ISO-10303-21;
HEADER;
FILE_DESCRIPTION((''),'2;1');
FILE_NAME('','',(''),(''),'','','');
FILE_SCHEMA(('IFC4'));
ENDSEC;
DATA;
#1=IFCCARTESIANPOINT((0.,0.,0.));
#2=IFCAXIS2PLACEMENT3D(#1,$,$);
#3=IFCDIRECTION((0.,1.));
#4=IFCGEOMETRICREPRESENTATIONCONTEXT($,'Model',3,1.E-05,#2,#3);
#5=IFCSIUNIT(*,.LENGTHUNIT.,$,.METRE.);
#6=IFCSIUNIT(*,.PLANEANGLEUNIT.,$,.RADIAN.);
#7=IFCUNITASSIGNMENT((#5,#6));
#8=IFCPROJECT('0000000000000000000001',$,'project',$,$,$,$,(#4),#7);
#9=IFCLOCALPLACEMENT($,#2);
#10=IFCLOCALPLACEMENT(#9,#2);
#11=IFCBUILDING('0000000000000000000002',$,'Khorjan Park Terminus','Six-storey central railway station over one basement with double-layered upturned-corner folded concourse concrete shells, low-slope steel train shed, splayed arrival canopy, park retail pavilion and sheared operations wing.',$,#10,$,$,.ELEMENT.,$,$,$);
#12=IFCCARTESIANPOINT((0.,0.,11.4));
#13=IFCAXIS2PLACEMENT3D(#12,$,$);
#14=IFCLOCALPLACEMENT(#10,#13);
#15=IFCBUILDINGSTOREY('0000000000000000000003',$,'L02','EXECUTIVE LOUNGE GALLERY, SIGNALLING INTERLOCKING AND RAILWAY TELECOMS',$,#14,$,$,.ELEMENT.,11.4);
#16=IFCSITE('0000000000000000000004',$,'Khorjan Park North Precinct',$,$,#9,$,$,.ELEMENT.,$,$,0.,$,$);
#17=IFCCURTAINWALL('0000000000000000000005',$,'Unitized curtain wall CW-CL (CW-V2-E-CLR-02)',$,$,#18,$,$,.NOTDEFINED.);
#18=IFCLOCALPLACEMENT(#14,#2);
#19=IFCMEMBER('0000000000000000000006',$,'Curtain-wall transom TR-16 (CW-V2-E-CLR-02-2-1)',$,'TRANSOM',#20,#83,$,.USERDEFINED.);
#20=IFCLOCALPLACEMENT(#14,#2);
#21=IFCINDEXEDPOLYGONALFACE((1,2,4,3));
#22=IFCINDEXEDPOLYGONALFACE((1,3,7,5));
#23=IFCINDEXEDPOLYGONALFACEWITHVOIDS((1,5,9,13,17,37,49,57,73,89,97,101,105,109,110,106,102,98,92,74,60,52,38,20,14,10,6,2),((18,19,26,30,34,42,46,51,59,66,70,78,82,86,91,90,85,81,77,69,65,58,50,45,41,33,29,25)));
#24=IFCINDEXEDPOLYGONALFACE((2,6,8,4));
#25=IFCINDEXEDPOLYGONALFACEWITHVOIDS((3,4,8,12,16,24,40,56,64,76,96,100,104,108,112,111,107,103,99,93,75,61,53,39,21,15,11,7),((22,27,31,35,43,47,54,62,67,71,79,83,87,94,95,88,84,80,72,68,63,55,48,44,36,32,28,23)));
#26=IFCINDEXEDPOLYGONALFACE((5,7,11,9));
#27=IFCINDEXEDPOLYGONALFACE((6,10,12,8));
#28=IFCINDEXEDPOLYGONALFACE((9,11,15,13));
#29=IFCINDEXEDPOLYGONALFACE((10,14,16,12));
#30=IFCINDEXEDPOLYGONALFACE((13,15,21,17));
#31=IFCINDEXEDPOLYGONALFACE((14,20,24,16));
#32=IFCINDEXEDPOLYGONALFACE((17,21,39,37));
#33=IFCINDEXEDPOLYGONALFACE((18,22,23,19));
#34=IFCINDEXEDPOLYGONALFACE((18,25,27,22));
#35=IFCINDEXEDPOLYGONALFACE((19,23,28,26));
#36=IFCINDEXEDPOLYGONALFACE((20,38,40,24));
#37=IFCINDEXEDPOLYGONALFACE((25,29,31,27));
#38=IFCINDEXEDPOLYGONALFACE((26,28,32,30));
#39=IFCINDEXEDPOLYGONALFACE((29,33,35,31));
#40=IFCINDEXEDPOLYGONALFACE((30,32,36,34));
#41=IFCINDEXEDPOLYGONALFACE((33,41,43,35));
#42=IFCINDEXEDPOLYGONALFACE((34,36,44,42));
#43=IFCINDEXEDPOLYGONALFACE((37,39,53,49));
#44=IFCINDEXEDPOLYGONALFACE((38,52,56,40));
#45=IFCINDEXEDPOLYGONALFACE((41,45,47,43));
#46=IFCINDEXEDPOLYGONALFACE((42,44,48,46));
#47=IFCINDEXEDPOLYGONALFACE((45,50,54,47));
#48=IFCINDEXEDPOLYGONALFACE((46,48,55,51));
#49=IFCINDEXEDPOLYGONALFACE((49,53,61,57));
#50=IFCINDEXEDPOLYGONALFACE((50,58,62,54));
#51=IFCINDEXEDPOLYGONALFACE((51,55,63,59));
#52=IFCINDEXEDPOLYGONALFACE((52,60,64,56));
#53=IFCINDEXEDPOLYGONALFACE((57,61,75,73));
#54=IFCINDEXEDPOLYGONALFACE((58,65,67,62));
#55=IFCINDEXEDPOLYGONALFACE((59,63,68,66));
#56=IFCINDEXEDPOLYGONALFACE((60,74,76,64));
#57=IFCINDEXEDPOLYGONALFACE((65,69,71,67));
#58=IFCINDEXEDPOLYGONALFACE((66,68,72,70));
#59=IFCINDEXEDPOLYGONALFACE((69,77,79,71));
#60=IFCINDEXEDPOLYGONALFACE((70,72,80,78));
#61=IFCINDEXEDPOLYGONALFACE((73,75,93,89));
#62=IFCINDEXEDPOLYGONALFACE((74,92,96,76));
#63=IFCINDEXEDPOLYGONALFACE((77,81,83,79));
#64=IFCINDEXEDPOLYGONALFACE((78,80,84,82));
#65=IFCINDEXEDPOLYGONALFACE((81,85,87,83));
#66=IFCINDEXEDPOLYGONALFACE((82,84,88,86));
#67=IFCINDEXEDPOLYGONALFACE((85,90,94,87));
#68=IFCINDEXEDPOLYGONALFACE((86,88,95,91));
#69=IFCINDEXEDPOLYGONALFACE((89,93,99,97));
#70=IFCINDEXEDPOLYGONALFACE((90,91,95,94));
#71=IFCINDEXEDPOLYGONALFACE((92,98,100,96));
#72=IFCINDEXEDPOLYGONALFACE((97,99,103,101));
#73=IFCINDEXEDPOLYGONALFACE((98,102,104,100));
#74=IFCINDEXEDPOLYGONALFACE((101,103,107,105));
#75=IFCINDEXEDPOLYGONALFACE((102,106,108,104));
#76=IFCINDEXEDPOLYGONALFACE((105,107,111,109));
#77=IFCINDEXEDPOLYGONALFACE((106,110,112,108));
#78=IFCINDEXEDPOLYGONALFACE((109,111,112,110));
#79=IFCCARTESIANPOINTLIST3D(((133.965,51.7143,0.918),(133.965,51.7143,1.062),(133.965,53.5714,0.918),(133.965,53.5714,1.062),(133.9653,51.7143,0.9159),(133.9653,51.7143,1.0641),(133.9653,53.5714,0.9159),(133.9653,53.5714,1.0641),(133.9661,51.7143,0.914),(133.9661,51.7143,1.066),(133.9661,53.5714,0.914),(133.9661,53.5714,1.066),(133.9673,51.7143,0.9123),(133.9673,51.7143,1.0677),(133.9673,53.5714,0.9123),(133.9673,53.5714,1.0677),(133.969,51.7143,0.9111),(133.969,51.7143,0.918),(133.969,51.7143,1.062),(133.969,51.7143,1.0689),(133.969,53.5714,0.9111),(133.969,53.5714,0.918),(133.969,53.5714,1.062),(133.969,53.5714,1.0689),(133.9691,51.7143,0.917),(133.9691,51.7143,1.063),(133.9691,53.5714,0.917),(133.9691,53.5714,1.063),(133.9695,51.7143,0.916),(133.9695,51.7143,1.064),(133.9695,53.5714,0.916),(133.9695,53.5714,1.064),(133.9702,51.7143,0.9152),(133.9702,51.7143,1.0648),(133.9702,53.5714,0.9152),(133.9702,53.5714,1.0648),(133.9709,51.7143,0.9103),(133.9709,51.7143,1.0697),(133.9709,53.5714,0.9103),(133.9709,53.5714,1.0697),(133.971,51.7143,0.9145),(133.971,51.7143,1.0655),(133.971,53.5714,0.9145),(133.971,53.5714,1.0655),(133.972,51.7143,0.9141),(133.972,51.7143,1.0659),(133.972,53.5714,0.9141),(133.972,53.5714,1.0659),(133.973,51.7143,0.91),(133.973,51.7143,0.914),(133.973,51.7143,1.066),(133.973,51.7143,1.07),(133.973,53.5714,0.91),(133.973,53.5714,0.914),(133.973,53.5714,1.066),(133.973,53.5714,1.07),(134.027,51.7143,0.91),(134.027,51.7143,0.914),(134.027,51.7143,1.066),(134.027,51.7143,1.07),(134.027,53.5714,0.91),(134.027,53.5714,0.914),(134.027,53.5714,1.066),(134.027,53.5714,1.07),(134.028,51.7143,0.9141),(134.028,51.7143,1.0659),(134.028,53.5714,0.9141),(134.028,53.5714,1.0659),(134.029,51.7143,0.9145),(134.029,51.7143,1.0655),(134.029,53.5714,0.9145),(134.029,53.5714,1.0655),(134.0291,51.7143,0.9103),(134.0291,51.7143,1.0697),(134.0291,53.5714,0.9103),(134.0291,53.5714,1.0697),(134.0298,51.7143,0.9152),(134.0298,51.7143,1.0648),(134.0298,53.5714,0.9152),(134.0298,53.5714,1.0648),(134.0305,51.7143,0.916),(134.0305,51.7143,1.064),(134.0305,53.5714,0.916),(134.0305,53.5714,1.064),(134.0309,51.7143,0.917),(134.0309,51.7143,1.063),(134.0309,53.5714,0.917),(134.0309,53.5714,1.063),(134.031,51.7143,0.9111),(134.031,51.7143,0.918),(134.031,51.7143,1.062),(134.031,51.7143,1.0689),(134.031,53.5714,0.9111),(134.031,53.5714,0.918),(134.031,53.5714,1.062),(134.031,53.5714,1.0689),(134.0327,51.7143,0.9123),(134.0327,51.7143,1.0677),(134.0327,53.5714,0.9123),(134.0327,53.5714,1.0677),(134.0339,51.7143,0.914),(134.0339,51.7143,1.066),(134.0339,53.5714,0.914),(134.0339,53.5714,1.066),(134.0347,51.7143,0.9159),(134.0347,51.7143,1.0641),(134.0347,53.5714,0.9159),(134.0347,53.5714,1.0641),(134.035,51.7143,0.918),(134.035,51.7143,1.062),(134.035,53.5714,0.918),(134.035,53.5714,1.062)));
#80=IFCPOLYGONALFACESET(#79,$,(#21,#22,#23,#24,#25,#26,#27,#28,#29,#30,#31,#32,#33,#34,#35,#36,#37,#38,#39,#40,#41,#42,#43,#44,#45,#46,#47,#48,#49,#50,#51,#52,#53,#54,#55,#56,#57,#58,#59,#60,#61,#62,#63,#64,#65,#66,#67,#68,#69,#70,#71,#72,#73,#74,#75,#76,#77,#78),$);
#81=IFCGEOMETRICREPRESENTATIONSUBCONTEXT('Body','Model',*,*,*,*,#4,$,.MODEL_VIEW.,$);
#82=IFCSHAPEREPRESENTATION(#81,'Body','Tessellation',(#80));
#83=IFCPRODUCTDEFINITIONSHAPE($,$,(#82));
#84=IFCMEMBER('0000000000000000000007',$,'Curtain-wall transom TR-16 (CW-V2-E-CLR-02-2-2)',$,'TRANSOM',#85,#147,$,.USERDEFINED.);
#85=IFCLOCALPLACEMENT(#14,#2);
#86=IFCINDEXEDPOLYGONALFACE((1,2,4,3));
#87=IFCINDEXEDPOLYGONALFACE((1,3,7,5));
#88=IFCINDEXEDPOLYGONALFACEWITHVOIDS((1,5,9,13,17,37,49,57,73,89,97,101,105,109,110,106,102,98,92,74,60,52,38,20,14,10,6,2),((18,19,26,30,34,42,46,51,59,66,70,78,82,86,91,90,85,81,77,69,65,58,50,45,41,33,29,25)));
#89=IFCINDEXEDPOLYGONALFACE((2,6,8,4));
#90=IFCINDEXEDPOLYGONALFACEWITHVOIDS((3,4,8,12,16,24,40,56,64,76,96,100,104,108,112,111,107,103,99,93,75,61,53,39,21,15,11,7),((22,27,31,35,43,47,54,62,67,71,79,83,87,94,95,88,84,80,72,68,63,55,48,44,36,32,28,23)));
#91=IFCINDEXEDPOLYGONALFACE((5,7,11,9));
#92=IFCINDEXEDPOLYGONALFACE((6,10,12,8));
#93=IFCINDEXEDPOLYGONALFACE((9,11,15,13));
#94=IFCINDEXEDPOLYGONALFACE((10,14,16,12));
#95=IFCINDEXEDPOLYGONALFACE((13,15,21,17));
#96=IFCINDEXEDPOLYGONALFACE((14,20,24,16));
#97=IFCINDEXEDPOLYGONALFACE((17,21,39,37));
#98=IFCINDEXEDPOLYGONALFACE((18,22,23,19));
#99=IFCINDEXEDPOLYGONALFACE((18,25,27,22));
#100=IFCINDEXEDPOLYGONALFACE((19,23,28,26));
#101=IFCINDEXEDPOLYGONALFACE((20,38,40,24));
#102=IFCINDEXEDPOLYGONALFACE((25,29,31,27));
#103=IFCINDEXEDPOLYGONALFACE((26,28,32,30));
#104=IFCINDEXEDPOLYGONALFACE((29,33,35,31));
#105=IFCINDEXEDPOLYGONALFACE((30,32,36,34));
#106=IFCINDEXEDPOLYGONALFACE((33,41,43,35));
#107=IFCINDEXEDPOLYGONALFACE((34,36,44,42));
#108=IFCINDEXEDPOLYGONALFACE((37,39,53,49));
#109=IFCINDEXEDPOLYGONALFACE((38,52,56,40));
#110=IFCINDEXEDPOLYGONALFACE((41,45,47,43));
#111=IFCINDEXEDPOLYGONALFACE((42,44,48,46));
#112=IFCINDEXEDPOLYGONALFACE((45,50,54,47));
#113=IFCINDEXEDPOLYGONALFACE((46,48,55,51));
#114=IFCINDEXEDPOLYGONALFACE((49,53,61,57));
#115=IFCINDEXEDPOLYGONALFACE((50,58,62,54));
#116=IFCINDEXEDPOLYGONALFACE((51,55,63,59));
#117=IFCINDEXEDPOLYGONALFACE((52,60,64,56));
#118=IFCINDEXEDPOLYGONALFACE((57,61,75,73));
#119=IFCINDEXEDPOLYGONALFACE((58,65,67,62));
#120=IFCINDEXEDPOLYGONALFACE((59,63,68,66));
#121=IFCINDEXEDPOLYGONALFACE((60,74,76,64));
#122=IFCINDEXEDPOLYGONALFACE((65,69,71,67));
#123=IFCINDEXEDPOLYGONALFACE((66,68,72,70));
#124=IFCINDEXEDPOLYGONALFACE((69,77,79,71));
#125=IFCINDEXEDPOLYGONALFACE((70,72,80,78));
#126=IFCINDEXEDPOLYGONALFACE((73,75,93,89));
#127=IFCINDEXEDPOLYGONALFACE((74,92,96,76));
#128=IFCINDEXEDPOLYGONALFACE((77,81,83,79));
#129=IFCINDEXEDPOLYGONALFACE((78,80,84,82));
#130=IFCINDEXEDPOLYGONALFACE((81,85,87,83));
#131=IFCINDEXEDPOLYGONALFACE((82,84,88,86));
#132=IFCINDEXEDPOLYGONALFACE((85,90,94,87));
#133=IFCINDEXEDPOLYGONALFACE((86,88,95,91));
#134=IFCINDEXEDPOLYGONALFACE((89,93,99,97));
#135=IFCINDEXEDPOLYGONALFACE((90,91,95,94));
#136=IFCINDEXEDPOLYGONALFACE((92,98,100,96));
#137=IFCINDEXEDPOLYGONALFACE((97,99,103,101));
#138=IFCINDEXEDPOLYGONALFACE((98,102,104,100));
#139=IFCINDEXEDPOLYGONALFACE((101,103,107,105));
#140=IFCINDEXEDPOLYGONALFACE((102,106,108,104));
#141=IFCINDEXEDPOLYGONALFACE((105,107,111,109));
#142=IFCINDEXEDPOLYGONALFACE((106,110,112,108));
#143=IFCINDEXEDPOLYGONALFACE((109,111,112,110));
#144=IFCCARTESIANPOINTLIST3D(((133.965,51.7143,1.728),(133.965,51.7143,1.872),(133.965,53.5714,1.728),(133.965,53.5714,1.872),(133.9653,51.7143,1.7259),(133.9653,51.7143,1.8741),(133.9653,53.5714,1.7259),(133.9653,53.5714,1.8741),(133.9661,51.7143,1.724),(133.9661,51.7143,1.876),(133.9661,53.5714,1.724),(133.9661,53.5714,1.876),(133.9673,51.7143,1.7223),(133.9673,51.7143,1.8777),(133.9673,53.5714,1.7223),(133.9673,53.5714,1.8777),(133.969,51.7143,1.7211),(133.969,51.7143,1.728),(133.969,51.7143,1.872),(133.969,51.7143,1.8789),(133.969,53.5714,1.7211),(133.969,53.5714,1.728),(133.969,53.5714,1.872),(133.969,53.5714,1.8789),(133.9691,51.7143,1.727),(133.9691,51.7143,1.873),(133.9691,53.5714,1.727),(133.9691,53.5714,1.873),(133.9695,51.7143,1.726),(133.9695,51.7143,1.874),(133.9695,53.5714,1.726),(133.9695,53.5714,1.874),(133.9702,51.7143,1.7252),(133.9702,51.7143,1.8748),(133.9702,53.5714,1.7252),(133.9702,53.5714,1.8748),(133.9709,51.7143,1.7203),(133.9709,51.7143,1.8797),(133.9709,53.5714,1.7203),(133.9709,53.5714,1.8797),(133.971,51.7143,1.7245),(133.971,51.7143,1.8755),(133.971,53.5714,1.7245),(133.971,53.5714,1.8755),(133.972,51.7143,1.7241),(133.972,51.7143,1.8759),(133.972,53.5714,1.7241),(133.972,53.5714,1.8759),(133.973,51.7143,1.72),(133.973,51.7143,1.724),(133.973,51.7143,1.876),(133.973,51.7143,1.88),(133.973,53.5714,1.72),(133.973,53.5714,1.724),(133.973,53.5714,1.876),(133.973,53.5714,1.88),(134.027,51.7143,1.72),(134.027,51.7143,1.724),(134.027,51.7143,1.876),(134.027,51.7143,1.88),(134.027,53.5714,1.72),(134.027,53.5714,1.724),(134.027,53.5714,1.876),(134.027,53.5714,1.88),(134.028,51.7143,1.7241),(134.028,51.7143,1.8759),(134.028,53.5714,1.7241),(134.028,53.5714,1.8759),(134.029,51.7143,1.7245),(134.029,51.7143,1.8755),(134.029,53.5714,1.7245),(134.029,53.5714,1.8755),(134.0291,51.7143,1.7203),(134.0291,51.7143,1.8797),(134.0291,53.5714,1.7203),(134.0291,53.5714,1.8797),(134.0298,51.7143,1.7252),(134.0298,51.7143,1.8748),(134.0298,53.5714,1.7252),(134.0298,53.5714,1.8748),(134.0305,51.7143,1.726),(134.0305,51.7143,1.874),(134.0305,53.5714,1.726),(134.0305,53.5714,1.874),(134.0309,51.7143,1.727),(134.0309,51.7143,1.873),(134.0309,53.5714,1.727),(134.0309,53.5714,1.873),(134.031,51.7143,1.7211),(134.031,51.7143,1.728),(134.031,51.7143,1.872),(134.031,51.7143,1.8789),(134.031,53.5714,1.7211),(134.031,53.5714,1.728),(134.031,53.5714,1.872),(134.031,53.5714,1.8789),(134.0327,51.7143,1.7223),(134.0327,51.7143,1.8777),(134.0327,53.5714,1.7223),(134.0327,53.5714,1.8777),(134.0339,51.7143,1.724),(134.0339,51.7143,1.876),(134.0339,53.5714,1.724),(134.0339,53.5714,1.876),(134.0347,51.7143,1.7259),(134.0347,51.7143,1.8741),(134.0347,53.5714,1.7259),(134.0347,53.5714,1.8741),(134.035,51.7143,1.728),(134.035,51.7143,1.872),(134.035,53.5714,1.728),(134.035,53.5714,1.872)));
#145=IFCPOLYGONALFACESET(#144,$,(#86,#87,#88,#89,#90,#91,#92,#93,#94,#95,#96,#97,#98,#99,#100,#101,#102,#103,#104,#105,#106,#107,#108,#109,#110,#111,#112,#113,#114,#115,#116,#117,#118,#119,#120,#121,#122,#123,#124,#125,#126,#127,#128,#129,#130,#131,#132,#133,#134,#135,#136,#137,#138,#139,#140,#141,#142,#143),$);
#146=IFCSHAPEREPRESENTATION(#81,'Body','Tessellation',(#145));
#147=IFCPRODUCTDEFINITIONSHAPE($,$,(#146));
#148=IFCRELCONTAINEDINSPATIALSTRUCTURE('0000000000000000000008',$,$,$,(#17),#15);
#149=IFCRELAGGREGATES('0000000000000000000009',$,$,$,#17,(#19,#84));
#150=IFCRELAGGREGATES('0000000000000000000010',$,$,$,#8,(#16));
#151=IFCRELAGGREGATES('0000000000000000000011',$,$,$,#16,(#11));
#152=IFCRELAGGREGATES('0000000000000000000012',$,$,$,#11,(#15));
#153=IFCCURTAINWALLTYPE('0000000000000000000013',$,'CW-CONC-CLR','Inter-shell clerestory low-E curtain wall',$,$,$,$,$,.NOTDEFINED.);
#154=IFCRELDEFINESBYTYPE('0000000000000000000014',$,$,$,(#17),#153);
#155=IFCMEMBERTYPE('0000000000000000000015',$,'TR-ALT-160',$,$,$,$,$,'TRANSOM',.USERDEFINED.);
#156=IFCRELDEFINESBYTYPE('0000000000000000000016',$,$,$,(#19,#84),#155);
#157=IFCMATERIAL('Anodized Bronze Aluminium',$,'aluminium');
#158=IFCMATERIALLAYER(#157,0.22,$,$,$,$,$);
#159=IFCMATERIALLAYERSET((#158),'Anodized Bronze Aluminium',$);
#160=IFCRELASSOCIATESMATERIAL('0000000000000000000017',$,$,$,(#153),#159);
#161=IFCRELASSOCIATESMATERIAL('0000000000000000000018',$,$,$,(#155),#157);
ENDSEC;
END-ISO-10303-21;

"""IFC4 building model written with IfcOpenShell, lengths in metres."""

from ifc_helpers import new_model, si_unit, direction, frame, origin, origin_2d, place, context, subcontext, project, spatial, hollow_rectangle, extrude, material, layer, layer_set, material_profile, profile_set, type_object, element, aggregate, save


model = new_model("IFC4")

# Units and contexts
model_context = context("Model", 3, precision=1e-05, world=origin(), true_north=direction((0.0, 1.0)))
body_context = subcontext(model_context, "Body", "Model", "MODEL_VIEW")
ifc_project = project(units=[si_unit("LENGTHUNIT", "METRE"), si_unit("PLANEANGLEUNIT", "RADIAN")], contexts=[model_context])

# Site, building, storey
site_placement = place(None, origin())
site = spatial("IfcSite", under=ifc_project, at=site_placement, Name="Khorjan Park North Precinct", CompositionType="ELEMENT", RefElevation=0.0)
building_placement = place(site_placement, origin())
building = spatial("IfcBuilding", under=site, at=building_placement, Name="Khorjan Park Terminus", Description="Six-storey central railway station over one basement with double-layered upturned-corner folded concourse concrete shells, low-slope steel train shed, splayed arrival canopy, park retail pavilion and sheared operations wing.", CompositionType="ELEMENT")
storey_placement = place(building_placement, frame((0.0, 0.0, 11.4)))
storey = spatial("IfcBuildingStorey", under=building, at=storey_placement, Name="L02", Description="EXECUTIVE LOUNGE GALLERY, SIGNALLING INTERLOCKING AND RAILWAY TELECOMS", CompositionType="ELEMENT", Elevation=11.4)

# Curtain wall, members
ifc_material_1 = material(Name="Anodized Bronze Aluminium", Category="aluminium")
ifc_layer_1 = layer(ifc_material_1, 0.22)
ifc_layer_set_1 = layer_set([ifc_layer_1], Name="Anodized Bronze Aluminium")
curtain_wall_type = type_object("IfcCurtainWallType", Name="CW-CONC-CLR", Description="Inter-shell clerestory low-E curtain wall", PredefinedType="NOTDEFINED", material=ifc_layer_set_1)
curtain_wall_placement = place(storey_placement, origin())
curtain_wall = element("IfcCurtainWall", 1, at=curtain_wall_placement, inside=storey, type_object=curtain_wall_type, Name="Unitized curtain wall CW-CL (CW-V2-E-CLR-02)", PredefinedType="NOTDEFINED")
ifc_material_profile_1 = material_profile(ifc_material_1, hollow_rectangle(XDim=0.07, YDim=0.16, WallThickness=0.004, InnerFilletRadius=0.004, OuterFilletRadius=0.008, at=origin_2d()), Name="ALT 70x160x4")
ifc_profile_set_1 = profile_set([ifc_material_profile_1], Name="Anodized Bronze Aluminium")
member_type_1 = type_object("IfcMemberType", Name="TR-ALT-160", ElementType="TRANSOM", PredefinedType="USERDEFINED", material=ifc_profile_set_1)
member_1_placement = place(storey_placement, frame((134.0, 51.7143, 0.99), z_axis=(0.0, 1.0, 0.0), x_axis=(-1.0, 0.0, 0.0)))
member_1 = element("IfcMember", 2, at=member_1_placement, type_object=member_type_1, Name="Curtain-wall transom TR-16 (CW-V2-E-CLR-02-2-1)", ObjectType="TRANSOM", PredefinedType="USERDEFINED", context=body_context, shape_type="SweptSolid", body=[
    extrude(hollow_rectangle(XDim=0.07, YDim=0.16, WallThickness=0.004, InnerFilletRadius=0.004, OuterFilletRadius=0.008, at=origin_2d()), origin(), (0.0, 0.0, 1.0), 1.8571),
])
member_2_placement = place(storey_placement, frame((134.0, 51.7143, 1.8), z_axis=(0.0, 1.0, 0.0), x_axis=(-1.0, 0.0, 0.0)))
member_2 = element("IfcMember", 3, at=member_2_placement, type_object=member_type_1, Name="Curtain-wall transom TR-16 (CW-V2-E-CLR-02-2-2)", ObjectType="TRANSOM", PredefinedType="USERDEFINED", context=body_context, shape_type="SweptSolid", body=[
    extrude(hollow_rectangle(XDim=0.07, YDim=0.16, WallThickness=0.004, InnerFilletRadius=0.004, OuterFilletRadius=0.008, at=origin_2d()), origin(), (0.0, 0.0, 1.0), 1.8571),
])
aggregate(curtain_wall, [member_1, member_2])

save(model, "model.ifc")
